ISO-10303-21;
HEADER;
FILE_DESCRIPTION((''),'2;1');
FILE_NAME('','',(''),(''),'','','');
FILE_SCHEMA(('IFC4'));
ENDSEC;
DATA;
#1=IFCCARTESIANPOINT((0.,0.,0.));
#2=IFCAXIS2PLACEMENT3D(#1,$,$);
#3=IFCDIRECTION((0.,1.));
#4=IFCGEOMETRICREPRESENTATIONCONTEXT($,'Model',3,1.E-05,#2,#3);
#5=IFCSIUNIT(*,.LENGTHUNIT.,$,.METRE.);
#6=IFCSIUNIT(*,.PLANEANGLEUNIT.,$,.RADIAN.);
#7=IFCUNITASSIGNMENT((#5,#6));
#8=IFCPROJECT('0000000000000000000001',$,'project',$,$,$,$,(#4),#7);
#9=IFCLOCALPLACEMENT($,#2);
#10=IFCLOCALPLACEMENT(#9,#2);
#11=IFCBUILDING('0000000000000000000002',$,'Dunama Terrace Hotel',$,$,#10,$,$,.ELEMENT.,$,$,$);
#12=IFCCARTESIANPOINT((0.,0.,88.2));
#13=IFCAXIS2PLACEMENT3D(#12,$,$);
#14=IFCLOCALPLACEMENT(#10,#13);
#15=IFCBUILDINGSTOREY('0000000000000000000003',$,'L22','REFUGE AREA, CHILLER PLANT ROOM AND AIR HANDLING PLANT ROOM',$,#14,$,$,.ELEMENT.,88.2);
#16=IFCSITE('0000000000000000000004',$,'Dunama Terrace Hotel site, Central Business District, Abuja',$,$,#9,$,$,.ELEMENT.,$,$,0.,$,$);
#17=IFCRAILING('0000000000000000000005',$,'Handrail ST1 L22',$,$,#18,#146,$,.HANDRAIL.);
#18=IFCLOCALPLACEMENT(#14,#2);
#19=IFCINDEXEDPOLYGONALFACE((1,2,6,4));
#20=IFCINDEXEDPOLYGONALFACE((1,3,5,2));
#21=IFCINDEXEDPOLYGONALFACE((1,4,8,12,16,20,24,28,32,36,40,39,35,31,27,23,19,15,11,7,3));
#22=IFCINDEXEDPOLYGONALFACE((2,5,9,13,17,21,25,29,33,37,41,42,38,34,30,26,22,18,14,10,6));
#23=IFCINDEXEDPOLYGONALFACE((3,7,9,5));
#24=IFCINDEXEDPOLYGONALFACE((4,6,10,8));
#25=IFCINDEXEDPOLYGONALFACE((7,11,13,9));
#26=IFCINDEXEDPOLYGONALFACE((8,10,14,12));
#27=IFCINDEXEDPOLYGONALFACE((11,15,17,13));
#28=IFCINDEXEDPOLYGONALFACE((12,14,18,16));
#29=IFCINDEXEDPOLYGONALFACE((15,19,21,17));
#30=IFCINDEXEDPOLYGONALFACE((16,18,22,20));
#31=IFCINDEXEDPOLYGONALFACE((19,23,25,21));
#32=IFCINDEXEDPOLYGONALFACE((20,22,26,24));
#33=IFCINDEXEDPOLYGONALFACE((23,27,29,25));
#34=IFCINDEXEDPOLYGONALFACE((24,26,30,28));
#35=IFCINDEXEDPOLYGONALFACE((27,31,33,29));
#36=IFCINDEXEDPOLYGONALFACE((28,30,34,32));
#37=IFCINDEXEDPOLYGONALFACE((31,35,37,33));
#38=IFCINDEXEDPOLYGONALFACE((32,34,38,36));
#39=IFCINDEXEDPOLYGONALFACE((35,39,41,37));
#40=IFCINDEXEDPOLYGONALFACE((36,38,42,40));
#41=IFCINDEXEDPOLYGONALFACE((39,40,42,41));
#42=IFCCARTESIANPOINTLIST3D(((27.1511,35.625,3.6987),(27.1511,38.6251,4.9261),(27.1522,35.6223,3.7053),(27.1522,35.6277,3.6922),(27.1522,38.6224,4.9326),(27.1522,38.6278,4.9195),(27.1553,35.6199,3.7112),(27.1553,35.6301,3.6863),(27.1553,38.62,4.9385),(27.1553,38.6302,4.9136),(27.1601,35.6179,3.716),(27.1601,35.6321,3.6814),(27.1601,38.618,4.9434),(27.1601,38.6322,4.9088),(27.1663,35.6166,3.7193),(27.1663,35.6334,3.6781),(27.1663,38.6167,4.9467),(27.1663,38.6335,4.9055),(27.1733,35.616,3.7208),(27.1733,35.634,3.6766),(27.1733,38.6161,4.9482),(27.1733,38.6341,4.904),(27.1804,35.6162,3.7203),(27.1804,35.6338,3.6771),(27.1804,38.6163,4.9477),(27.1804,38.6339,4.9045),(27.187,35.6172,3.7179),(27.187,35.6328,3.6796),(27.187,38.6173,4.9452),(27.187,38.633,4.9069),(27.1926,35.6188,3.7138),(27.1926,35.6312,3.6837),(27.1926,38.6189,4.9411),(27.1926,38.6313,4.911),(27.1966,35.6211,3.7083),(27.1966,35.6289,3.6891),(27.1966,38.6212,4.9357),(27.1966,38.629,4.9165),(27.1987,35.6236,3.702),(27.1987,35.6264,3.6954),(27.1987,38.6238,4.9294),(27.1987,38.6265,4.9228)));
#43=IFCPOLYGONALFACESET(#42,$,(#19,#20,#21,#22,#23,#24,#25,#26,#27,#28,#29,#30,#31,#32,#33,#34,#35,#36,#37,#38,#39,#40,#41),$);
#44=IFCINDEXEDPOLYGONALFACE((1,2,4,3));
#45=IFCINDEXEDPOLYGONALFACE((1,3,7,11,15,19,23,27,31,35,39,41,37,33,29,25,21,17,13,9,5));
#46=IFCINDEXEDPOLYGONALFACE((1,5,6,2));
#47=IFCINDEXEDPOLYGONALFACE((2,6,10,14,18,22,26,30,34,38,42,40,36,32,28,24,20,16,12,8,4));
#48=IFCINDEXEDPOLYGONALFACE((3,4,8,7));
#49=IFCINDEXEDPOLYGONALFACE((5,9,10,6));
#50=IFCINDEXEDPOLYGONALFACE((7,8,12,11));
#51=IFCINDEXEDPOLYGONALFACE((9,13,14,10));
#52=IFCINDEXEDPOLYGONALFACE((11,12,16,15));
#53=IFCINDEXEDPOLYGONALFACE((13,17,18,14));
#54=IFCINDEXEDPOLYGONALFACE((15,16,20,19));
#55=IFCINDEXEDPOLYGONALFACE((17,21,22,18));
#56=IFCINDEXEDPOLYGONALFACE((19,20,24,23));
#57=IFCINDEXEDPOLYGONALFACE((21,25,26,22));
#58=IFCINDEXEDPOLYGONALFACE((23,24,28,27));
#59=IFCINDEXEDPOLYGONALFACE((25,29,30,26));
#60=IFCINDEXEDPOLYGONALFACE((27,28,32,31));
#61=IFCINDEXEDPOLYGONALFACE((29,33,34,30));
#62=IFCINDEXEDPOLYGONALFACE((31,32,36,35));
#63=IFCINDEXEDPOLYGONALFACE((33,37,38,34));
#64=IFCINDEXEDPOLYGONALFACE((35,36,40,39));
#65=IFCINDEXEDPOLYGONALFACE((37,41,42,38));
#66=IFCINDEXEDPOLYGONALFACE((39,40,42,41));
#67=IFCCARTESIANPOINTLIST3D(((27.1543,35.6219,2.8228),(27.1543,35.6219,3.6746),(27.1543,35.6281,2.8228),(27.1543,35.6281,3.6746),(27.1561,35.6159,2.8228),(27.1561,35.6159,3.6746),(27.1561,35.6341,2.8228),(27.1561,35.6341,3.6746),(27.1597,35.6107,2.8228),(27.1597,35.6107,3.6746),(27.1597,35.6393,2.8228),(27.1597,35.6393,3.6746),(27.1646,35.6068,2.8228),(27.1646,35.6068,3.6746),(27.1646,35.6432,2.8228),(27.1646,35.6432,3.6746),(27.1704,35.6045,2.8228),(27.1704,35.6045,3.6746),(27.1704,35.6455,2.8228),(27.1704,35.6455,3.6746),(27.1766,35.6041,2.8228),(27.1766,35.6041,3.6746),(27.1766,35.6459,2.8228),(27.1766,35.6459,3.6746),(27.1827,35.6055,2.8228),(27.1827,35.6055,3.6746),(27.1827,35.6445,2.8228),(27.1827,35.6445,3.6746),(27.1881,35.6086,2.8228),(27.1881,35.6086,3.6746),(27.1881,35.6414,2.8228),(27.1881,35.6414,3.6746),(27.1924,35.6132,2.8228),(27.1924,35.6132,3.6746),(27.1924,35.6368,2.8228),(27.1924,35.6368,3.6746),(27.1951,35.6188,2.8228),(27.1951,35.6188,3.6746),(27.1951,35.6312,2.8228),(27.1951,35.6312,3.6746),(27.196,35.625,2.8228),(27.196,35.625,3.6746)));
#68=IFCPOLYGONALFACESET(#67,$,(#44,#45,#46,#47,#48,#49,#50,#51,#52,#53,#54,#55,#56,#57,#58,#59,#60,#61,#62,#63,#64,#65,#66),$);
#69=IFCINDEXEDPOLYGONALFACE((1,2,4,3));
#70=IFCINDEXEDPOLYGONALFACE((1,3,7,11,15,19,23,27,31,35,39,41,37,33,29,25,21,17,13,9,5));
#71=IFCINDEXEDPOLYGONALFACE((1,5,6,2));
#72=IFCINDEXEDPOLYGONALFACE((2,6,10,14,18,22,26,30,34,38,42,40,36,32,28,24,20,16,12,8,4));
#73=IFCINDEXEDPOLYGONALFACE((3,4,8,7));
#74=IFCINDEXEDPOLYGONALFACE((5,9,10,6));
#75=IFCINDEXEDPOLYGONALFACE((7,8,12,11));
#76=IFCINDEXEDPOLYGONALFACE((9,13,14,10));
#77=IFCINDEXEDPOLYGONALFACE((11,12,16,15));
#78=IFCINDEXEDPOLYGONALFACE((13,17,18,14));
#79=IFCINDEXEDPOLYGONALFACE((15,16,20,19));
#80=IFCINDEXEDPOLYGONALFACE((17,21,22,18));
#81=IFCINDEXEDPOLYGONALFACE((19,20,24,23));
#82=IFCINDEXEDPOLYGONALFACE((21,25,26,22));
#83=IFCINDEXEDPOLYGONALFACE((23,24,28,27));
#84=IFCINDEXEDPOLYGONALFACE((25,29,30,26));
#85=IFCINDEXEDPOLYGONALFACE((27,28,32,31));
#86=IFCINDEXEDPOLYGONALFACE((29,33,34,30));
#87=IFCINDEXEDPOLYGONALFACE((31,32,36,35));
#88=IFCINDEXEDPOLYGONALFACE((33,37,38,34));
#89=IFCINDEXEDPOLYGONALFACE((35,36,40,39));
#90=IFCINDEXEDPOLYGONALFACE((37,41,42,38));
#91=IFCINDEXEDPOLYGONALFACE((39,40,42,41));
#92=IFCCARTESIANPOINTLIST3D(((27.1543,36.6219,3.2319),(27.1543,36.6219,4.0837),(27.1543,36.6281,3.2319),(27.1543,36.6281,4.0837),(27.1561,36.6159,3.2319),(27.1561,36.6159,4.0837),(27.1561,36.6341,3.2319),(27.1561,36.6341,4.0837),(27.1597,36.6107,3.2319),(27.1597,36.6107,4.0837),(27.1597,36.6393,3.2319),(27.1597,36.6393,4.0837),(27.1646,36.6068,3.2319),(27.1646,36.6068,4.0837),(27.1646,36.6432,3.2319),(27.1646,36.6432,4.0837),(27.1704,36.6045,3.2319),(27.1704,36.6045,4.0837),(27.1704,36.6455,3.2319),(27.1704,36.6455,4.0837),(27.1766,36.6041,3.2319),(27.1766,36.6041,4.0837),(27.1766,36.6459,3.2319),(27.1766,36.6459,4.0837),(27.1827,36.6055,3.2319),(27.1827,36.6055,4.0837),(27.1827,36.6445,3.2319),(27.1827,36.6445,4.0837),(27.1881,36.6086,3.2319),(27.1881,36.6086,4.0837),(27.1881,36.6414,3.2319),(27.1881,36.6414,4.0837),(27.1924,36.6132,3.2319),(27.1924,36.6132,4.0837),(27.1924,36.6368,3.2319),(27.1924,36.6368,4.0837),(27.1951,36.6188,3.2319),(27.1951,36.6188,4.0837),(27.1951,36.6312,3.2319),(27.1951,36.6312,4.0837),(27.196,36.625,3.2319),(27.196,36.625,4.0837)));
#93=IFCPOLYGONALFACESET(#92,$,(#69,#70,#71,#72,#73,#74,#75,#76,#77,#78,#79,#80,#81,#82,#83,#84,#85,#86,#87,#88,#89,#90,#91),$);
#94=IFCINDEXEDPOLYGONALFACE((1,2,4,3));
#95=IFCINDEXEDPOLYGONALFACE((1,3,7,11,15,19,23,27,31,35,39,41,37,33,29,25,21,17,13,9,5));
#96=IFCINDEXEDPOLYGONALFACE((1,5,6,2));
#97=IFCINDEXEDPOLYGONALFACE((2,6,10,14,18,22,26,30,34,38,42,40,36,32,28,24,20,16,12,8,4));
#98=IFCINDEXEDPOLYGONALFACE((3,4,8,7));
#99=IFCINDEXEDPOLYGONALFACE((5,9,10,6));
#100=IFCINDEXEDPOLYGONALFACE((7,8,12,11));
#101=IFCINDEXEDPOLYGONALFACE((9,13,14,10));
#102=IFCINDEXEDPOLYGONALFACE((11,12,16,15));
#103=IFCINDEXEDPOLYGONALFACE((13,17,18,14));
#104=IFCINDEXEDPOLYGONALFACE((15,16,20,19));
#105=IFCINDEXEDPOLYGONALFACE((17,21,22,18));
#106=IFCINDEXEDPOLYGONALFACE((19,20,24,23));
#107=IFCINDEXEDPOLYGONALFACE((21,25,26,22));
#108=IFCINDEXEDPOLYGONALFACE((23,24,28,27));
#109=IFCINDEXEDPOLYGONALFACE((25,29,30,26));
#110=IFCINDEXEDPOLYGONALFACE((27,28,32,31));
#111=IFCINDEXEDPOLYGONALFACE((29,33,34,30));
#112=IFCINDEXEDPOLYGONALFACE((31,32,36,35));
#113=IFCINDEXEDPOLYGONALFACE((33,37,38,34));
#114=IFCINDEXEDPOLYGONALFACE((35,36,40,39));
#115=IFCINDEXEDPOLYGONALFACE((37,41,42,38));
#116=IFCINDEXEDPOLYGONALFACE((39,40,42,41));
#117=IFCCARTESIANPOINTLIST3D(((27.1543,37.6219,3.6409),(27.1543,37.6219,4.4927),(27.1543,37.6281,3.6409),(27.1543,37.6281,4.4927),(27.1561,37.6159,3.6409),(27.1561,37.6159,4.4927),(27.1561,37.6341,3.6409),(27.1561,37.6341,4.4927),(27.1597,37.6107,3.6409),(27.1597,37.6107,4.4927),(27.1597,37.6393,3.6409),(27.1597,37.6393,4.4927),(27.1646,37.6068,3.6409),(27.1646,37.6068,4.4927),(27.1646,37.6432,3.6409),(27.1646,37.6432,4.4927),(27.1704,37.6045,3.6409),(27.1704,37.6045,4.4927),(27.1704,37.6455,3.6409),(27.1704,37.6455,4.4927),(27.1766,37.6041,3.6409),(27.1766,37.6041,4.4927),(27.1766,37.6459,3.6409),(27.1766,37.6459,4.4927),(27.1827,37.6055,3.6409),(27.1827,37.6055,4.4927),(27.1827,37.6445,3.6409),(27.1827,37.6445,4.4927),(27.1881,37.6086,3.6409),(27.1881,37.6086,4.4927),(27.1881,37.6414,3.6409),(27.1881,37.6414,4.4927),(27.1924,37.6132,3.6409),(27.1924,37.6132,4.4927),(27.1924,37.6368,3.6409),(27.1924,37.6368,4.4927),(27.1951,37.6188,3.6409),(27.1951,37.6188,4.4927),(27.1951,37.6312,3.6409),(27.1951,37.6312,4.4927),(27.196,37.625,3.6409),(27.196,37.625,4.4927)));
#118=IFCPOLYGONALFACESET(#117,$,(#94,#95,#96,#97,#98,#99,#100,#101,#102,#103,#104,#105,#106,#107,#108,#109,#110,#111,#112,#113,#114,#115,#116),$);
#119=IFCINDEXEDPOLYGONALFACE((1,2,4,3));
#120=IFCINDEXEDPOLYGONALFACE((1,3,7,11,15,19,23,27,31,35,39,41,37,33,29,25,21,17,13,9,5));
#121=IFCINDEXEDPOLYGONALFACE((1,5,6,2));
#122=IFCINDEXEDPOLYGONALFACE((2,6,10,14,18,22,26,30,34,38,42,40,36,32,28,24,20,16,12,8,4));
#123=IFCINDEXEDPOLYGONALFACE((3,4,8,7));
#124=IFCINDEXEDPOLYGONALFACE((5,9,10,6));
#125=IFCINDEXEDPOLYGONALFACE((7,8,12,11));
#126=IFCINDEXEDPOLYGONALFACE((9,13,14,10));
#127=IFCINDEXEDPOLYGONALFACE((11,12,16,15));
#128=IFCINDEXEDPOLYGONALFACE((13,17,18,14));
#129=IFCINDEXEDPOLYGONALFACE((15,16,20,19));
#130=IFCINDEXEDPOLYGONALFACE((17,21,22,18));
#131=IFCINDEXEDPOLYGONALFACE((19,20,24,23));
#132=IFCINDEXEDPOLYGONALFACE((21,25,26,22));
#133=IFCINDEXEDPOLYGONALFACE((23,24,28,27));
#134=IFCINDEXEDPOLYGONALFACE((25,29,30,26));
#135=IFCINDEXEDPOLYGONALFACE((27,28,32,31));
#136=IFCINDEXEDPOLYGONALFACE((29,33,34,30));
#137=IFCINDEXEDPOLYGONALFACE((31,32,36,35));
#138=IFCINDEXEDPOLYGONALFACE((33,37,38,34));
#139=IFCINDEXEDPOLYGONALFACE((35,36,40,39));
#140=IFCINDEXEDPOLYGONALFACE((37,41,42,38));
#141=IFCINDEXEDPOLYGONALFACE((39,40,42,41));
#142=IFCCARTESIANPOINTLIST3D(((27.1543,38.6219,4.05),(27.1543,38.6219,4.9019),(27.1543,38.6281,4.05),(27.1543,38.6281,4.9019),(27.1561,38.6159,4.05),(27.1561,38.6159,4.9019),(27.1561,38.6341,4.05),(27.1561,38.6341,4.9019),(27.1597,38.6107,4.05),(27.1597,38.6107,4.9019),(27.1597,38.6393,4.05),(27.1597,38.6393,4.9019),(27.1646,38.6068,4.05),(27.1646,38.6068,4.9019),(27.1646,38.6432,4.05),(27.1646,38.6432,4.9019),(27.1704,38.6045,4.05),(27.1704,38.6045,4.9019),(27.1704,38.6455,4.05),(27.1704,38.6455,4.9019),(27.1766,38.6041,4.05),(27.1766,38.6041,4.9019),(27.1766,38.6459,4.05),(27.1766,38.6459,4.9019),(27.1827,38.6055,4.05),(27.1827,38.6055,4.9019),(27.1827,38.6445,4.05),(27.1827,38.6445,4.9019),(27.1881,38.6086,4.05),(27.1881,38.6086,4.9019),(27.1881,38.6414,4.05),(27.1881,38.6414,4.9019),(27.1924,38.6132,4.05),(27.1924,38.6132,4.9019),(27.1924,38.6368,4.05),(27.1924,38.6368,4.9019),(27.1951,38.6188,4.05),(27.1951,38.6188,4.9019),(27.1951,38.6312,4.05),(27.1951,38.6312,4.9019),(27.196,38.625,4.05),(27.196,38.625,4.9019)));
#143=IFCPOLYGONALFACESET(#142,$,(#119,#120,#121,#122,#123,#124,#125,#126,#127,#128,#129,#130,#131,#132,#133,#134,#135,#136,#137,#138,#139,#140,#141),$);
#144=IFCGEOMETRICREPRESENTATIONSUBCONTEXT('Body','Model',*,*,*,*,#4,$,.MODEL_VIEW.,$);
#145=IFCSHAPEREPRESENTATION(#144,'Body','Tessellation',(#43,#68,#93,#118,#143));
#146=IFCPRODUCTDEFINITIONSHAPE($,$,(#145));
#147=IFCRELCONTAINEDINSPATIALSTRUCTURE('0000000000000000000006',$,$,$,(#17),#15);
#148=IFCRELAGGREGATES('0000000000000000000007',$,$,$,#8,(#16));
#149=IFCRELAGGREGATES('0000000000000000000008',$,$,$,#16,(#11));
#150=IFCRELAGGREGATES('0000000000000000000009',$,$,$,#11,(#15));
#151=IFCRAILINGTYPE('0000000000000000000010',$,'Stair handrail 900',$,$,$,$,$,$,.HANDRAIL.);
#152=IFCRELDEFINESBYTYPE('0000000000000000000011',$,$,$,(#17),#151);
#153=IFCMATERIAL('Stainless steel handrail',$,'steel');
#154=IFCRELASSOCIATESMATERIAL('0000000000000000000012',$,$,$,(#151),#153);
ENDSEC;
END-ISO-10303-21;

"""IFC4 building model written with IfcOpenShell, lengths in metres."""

from ifc_helpers import new_model, si_unit, direction, frame, origin, origin_2d, place, context, subcontext, project, spatial, circle, extrude, material, type_object, element, save


model = new_model("IFC4")

# Units and contexts
model_context = context("Model", 3, precision=1e-05, world=origin(), true_north=direction((0.0, 1.0)))
body_context = subcontext(model_context, "Body", "Model", "MODEL_VIEW")
ifc_project = project(units=[si_unit("LENGTHUNIT", "METRE"), si_unit("PLANEANGLEUNIT", "RADIAN")], contexts=[model_context])

# Site, building, storey
site_placement = place(None, origin())
site = spatial("IfcSite", under=ifc_project, at=site_placement, Name="Dunama Terrace Hotel site, Central Business District, Abuja", CompositionType="ELEMENT", RefElevation=0.0)
building_placement = place(site_placement, origin())
building = spatial("IfcBuilding", under=site, at=building_placement, Name="Dunama Terrace Hotel", CompositionType="ELEMENT")
storey_placement = place(building_placement, frame((0.0, 0.0, 88.2)))
storey = spatial("IfcBuildingStorey", under=building, at=storey_placement, Name="L22", Description="REFUGE AREA, CHILLER PLANT ROOM AND AIR HANDLING PLANT ROOM", CompositionType="ELEMENT", Elevation=88.2)

# Railing
ifc_material_1 = material(Name="Stainless steel handrail", Category="steel")
railing_type = type_object("IfcRailingType", Name="Stair handrail 900", PredefinedType="HANDRAIL", material=ifc_material_1)
railing_1_placement = place(storey_placement, frame((27.175, 35.625, 2.8228)))
element("IfcRailing", 1, at=railing_1_placement, inside=storey, type_object=railing_type, Name="Handrail ST1 L22", PredefinedType="HANDRAIL", context=body_context, shape_type="SweptSolid", body=[
    extrude(circle(Radius=0.0239, at=origin_2d()), frame((0.0, 0.0, 0.876), z_axis=(0.0, 0.925545, 0.378639), x_axis=(-1.0, 0.0, 0.0)), (0.0, 0.0, 1.0), 3.2415),
    extrude(circle(Radius=0.021, at=origin_2d()), origin(), (0.0, 0.0, 1.0), 0.8518),
    extrude(circle(Radius=0.021, at=origin_2d()), frame((0.0, 1.0, 0.4092)), (0.0, 0.0, 1.0), 0.8518),
    extrude(circle(Radius=0.021, at=origin_2d()), frame((0.0, 2.0, 0.8181)), (0.0, 0.0, 1.0), 0.8518),
    extrude(circle(Radius=0.021, at=origin_2d()), frame((0.0, 3.0, 1.2273)), (0.0, 0.0, 1.0), 0.8518),
])

save(model, "model.ifc")
